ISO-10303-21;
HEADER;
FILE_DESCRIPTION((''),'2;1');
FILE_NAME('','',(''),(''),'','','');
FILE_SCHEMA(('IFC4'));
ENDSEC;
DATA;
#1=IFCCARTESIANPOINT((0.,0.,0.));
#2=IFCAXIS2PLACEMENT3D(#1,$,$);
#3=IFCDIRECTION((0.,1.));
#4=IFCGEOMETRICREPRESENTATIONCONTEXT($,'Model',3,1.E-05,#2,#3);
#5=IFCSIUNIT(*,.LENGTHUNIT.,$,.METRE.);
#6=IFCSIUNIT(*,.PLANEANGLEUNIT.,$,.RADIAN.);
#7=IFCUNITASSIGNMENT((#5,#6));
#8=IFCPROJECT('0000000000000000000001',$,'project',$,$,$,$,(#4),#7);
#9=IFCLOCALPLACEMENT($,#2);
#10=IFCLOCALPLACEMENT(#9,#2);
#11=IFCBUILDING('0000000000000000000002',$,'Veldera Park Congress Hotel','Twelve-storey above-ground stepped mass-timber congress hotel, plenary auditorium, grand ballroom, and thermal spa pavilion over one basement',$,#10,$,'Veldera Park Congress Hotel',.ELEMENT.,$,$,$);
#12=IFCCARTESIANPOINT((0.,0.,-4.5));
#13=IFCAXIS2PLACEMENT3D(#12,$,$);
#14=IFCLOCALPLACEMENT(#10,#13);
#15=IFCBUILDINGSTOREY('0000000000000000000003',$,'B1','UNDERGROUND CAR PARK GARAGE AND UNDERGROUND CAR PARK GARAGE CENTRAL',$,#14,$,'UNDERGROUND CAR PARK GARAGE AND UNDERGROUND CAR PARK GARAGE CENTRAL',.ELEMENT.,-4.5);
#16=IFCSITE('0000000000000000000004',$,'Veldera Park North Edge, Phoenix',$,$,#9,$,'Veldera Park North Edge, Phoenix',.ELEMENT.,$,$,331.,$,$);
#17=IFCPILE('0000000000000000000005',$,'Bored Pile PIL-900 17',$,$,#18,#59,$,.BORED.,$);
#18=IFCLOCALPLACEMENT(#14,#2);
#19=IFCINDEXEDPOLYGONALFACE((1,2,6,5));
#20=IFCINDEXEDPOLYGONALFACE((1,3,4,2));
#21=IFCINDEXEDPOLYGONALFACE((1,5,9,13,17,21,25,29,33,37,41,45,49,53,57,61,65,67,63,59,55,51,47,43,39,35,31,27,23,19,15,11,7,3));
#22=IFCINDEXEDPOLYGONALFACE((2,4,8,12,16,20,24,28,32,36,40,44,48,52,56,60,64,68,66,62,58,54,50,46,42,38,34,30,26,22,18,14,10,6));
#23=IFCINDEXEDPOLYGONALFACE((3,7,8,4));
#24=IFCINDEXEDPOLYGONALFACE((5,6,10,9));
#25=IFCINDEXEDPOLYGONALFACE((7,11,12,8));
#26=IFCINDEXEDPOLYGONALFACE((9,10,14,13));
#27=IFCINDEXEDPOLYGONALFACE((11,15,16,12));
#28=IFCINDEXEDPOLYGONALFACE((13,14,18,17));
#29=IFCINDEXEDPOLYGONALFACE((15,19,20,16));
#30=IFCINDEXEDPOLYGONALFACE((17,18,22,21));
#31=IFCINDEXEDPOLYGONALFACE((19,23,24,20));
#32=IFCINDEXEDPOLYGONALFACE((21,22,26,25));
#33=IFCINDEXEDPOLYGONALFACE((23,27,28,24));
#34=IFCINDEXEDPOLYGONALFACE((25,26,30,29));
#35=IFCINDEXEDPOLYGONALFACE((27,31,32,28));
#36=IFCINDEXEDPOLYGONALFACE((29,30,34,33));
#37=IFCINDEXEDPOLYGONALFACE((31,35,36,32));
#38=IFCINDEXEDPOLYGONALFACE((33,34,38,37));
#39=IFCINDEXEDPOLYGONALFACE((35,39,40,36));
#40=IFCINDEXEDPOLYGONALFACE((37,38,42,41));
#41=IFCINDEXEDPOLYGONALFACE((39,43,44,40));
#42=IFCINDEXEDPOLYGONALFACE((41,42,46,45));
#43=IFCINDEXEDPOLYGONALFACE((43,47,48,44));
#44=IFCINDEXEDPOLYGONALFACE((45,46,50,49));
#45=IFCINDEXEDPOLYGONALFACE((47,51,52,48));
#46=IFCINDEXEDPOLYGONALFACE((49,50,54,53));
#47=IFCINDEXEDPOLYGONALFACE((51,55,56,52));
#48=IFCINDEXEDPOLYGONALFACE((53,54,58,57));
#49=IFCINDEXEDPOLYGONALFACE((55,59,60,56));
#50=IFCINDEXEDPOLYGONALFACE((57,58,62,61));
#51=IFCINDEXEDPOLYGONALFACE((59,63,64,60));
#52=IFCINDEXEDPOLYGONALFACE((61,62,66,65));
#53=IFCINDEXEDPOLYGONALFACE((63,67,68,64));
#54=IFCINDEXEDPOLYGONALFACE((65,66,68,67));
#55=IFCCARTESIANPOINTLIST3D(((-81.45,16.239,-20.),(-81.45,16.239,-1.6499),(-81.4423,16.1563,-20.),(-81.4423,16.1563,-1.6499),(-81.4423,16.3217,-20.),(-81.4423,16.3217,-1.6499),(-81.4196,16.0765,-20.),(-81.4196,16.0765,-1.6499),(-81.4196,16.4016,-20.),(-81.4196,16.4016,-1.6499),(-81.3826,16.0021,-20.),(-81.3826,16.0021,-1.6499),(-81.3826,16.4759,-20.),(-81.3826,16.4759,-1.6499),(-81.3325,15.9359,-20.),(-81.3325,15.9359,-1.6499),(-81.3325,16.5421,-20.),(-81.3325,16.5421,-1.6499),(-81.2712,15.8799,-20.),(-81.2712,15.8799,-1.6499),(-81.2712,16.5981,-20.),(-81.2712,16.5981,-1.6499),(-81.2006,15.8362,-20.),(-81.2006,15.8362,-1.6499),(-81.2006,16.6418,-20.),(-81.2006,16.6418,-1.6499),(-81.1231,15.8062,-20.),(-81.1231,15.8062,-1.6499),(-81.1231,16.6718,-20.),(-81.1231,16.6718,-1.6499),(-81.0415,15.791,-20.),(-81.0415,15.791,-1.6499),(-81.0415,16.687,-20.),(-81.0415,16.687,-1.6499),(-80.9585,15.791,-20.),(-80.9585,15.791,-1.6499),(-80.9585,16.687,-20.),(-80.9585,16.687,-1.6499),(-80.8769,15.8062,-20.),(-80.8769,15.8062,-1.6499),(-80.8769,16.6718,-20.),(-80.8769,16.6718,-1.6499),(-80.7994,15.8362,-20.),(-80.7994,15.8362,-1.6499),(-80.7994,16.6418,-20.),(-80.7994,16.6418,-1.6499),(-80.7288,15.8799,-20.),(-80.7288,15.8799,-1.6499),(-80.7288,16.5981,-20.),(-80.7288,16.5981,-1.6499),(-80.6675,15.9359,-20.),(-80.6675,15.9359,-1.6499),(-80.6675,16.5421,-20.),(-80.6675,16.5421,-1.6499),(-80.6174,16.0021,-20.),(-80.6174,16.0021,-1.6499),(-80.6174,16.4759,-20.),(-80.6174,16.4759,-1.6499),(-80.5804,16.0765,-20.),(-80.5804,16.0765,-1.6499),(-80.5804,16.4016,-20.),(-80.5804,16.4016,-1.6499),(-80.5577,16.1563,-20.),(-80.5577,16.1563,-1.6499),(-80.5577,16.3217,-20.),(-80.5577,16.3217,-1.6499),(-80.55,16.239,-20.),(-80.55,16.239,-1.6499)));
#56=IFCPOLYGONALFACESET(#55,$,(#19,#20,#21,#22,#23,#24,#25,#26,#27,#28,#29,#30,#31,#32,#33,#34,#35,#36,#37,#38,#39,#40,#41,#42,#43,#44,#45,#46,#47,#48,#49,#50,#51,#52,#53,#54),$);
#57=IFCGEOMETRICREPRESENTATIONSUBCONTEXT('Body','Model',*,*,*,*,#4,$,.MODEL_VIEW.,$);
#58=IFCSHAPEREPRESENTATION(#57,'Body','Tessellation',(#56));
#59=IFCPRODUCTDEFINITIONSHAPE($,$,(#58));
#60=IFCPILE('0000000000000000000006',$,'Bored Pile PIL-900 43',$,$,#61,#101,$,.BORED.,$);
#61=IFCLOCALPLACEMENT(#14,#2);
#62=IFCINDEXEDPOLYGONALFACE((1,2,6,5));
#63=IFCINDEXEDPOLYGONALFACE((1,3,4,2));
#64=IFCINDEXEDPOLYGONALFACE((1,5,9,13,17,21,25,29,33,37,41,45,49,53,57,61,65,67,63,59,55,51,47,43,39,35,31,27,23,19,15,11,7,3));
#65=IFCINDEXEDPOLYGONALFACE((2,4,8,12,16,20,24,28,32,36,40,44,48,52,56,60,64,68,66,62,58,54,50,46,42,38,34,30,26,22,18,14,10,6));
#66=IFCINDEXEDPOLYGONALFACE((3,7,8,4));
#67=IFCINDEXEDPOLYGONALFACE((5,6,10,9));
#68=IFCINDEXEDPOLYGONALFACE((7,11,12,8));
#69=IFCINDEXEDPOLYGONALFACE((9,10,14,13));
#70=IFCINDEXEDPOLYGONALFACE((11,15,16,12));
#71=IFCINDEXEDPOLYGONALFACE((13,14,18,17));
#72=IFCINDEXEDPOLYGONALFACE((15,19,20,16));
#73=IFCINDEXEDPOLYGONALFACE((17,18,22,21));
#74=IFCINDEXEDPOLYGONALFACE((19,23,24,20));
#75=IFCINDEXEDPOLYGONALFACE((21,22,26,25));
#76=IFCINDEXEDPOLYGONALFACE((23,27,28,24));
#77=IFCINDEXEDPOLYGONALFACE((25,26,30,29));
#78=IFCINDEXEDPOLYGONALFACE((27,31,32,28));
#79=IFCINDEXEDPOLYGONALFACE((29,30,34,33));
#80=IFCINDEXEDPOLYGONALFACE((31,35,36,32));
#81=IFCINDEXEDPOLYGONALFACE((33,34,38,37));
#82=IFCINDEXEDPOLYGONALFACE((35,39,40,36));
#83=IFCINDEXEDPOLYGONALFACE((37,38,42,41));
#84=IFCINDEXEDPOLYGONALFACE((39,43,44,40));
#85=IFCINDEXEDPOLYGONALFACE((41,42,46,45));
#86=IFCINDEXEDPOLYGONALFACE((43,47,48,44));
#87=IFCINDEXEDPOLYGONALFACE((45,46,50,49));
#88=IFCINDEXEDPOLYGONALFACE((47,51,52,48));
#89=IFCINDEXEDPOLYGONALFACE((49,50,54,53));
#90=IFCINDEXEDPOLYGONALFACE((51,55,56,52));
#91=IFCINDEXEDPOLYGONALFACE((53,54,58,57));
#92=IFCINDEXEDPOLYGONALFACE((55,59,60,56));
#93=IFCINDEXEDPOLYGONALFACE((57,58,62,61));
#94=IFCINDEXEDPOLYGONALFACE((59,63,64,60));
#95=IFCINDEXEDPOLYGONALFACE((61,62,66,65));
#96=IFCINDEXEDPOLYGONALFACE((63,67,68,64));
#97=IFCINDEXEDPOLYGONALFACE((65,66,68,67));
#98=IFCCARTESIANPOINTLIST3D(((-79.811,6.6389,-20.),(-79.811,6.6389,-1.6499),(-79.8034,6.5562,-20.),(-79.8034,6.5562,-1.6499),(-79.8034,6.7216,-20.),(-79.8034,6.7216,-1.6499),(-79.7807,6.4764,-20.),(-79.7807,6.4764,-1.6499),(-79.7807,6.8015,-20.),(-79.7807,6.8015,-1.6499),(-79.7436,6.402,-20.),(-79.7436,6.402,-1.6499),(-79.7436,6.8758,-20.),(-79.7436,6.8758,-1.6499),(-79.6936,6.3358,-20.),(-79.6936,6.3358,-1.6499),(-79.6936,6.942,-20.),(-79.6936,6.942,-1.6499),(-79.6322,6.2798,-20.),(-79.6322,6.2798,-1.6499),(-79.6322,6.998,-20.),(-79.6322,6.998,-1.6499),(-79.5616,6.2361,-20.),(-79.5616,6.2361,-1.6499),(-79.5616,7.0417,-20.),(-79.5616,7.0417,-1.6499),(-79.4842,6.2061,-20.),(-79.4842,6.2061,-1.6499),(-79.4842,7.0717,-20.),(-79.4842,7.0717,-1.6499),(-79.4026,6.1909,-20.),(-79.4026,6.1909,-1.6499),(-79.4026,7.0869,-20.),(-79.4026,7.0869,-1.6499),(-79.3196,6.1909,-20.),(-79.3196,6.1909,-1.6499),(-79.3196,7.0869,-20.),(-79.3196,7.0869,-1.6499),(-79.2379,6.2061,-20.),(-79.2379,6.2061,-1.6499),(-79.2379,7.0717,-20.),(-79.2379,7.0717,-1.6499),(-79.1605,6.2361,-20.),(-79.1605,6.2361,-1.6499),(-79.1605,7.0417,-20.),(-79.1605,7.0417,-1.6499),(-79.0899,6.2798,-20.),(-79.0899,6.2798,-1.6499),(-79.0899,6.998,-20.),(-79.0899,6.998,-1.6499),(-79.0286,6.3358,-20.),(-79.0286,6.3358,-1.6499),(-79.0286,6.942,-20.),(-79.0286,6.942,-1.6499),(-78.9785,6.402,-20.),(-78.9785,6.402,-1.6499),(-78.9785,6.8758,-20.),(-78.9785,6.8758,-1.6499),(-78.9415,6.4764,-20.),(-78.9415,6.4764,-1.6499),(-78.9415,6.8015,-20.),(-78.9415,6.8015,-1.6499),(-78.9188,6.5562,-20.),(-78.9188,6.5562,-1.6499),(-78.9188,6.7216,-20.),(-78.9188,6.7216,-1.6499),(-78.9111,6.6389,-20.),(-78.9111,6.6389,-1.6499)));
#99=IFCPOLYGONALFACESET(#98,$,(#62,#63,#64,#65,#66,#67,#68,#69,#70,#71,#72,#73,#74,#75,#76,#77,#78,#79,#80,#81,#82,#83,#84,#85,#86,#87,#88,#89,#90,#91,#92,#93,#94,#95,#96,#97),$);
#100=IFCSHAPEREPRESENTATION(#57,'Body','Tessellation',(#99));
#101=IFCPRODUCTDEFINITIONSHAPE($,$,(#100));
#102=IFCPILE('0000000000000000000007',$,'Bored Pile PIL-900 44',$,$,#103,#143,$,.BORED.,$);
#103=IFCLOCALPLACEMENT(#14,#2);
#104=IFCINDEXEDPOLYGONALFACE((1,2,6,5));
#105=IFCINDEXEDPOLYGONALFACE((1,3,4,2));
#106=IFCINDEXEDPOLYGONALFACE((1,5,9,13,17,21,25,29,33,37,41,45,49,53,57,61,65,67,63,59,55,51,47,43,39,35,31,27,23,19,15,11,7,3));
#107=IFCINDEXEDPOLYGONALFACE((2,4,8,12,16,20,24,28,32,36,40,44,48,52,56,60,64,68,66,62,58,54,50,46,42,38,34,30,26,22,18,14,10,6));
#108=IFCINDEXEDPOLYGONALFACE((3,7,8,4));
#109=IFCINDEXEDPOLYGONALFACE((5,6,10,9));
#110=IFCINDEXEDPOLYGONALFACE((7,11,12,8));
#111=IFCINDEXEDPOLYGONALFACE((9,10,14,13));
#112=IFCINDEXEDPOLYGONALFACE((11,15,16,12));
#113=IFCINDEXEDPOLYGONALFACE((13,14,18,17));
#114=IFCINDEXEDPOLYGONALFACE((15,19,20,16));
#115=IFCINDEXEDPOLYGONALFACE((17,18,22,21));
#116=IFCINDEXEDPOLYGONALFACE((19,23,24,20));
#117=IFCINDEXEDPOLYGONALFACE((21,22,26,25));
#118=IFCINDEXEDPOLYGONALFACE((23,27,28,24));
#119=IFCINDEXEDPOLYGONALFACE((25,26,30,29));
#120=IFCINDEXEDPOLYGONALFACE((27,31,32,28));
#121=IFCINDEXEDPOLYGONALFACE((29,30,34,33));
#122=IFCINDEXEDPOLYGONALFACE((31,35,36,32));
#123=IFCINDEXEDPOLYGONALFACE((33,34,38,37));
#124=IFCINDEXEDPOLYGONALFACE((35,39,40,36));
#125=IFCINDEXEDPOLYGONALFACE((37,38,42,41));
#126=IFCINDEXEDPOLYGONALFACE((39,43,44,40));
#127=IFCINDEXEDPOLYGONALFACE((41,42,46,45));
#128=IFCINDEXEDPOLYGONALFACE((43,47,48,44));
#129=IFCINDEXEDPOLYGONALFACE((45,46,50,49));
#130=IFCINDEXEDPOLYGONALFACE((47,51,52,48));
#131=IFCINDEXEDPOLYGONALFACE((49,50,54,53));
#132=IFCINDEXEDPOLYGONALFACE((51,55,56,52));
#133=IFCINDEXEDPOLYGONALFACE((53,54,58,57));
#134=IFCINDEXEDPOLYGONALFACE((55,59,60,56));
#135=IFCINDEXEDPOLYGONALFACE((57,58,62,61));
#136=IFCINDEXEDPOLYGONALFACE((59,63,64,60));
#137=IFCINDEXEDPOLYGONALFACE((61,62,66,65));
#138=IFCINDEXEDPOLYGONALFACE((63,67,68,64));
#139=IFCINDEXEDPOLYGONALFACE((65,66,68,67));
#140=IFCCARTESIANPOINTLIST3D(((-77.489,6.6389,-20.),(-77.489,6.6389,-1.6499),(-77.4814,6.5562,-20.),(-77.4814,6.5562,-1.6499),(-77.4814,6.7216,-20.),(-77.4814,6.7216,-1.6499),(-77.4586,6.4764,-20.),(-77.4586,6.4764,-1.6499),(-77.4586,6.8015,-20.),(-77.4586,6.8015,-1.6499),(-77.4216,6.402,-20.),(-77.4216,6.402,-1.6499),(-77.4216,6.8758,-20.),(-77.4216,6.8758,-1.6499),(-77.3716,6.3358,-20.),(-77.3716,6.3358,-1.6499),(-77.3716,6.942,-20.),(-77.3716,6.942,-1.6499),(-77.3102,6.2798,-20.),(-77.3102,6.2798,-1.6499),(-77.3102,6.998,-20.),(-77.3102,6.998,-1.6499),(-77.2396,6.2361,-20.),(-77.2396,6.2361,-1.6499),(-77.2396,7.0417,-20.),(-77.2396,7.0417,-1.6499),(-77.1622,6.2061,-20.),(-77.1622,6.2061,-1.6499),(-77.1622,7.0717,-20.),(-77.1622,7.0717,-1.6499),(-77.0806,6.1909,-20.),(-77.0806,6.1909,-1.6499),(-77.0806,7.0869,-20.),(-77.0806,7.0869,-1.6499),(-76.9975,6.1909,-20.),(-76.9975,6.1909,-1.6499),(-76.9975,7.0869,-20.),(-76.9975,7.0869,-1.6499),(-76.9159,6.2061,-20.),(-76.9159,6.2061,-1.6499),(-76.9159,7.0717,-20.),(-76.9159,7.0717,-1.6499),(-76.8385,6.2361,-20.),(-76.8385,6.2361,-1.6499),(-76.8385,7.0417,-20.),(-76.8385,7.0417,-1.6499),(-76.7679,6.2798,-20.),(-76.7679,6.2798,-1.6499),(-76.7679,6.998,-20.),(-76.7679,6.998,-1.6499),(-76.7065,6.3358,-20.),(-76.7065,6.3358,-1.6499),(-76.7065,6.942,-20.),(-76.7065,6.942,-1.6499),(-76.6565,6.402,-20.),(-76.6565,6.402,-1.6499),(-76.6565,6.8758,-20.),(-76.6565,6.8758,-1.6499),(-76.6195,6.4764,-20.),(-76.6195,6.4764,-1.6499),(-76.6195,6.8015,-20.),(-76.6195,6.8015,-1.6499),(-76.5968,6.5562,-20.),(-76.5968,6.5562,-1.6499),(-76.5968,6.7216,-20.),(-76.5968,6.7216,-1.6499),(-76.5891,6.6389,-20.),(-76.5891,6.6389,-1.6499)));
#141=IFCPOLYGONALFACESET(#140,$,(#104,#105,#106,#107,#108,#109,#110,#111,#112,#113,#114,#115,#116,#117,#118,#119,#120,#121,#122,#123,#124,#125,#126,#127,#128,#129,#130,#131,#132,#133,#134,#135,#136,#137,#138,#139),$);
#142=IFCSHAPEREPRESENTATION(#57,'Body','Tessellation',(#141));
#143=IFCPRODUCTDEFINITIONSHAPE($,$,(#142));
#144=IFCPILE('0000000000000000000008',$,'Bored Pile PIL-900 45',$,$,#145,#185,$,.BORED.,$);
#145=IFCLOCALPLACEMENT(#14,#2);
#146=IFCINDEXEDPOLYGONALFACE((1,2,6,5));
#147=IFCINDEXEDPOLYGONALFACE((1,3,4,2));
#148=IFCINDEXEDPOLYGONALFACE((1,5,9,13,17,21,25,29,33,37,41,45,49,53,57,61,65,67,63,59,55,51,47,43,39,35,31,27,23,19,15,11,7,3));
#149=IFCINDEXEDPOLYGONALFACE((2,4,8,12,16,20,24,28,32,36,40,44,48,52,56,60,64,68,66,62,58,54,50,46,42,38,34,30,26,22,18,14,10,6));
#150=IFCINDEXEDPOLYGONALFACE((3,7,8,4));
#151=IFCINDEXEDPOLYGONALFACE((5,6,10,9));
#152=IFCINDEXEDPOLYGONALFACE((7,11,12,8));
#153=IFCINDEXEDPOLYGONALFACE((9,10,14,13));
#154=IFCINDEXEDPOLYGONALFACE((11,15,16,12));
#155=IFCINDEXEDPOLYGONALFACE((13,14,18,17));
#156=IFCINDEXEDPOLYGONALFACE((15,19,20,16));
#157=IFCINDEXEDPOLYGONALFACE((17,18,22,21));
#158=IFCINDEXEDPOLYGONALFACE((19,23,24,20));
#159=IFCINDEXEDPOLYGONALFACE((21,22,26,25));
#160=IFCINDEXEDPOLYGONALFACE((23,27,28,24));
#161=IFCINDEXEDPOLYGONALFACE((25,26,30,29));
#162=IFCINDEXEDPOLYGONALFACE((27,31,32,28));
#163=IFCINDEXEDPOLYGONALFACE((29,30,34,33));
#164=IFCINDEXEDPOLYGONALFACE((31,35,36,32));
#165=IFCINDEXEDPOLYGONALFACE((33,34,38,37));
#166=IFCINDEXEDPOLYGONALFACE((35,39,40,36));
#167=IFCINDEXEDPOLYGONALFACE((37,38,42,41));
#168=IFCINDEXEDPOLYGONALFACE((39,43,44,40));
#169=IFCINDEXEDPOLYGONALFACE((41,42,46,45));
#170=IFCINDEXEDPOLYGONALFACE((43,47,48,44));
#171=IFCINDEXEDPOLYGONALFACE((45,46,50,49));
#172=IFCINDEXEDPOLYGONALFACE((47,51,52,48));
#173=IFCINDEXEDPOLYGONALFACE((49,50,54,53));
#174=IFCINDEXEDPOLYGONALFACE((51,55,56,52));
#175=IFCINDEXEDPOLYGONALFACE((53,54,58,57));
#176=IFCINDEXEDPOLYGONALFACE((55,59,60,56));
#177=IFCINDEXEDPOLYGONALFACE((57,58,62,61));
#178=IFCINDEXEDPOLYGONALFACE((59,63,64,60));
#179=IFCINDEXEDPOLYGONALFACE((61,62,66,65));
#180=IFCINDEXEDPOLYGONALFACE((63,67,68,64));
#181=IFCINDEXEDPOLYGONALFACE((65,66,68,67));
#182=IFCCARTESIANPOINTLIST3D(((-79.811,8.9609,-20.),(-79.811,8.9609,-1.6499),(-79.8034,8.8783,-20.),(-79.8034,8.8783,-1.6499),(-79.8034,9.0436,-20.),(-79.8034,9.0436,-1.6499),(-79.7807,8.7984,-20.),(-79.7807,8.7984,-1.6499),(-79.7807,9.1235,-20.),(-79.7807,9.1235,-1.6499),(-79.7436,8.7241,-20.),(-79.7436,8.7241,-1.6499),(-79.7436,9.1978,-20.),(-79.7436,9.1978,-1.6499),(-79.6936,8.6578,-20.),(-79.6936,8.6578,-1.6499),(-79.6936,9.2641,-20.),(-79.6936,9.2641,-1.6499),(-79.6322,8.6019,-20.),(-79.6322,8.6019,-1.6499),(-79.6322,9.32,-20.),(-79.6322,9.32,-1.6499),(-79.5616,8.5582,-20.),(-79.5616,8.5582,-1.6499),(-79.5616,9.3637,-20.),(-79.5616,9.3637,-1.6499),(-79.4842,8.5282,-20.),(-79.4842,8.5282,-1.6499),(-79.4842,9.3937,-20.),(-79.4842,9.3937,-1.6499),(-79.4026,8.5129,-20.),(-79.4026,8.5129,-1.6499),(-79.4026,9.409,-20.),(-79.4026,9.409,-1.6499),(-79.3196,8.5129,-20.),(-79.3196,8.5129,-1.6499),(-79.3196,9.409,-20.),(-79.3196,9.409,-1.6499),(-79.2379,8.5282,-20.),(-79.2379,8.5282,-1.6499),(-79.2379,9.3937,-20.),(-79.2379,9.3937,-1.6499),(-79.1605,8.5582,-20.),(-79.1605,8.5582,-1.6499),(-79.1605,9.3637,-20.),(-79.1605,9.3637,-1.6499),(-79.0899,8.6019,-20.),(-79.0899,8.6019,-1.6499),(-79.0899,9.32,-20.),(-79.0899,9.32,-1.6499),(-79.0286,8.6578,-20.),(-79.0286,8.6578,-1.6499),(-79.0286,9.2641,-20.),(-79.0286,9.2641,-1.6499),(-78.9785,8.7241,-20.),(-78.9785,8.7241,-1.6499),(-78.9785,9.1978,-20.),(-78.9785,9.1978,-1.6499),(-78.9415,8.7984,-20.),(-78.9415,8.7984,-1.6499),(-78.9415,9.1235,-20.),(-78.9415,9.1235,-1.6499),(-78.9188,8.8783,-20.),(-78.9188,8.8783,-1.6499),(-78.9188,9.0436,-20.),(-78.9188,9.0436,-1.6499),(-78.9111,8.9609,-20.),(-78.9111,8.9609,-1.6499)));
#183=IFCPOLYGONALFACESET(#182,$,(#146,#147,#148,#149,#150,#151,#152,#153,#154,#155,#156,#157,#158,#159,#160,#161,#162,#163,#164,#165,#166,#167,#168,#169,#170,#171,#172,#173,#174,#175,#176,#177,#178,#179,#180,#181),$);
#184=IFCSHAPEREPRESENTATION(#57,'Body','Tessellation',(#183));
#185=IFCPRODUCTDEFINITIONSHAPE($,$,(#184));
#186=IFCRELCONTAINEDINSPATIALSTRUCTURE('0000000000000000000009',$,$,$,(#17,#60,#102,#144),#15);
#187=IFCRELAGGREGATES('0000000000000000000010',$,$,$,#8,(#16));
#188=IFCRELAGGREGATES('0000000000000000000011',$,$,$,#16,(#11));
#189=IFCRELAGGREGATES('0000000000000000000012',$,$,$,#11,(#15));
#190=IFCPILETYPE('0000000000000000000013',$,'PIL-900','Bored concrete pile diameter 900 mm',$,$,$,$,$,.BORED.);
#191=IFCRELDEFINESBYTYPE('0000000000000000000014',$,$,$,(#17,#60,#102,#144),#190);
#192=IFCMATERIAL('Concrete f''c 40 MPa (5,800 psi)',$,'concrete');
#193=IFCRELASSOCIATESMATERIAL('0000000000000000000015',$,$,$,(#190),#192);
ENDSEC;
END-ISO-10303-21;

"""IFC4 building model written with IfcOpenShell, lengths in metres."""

from ifc_helpers import new_model, si_unit, direction, frame, origin, origin_2d, place, context, subcontext, project, spatial, circle, extrude, material, material_profile, profile_set, type_object, element, save


model = new_model("IFC4")

# Units and contexts
model_context = context("Model", 3, precision=1e-05, world=origin(), true_north=direction((0.0, 1.0)))
body_context = subcontext(model_context, "Body", "Model", "MODEL_VIEW")
ifc_project = project(units=[si_unit("LENGTHUNIT", "METRE"), si_unit("PLANEANGLEUNIT", "RADIAN")], contexts=[model_context])

# Site, building, storey
site_placement = place(None, origin())
site = spatial("IfcSite", under=ifc_project, at=site_placement, Name="Veldera Park North Edge, Phoenix", LongName="Veldera Park North Edge, Phoenix", CompositionType="ELEMENT", RefElevation=331.0)
building_placement = place(site_placement, origin())
building = spatial("IfcBuilding", under=site, at=building_placement, Name="Veldera Park Congress Hotel", Description="Twelve-storey above-ground stepped mass-timber congress hotel, plenary auditorium, grand ballroom, and thermal spa pavilion over one basement", LongName="Veldera Park Congress Hotel", CompositionType="ELEMENT")
storey_placement = place(building_placement, frame((0.0, 0.0, -4.5)))
storey = spatial("IfcBuildingStorey", under=building, at=storey_placement, Name="B1", Description="UNDERGROUND CAR PARK GARAGE AND UNDERGROUND CAR PARK GARAGE CENTRAL", LongName="UNDERGROUND CAR PARK GARAGE AND UNDERGROUND CAR PARK GARAGE CENTRAL", CompositionType="ELEMENT", Elevation=-4.5)

# Shared definitions
ifc_material_1 = material(Name="Concrete f'c 40 MPa (5,800 psi)", Category="concrete")

# Piles
ifc_material_profile_1 = material_profile(ifc_material_1, circle(Radius=0.45, at=origin_2d()), Name="PILE D900")
ifc_profile_set_1 = profile_set([ifc_material_profile_1], Name="Concrete f'c 40 MPa (5,800 psi)")
pile_type_1 = type_object("IfcPileType", Name="PIL-900", Description="Bored concrete pile diameter 900 mm", PredefinedType="BORED", material=ifc_profile_set_1)
for number, where, z_axis, x_axis, name in (
    (1, (-81.0, 16.239, -1.6499), (0.0, 0.0, -1.0), (1.0, 0.0, 0.0), "Bored Pile PIL-900 17"),
    (2, (-79.3611, 6.6389, -1.6499), (0.0, 0.0, -1.0), (1.0, 0.0, 0.0), "Bored Pile PIL-900 43"),
    (3, (-77.0391, 6.6389, -1.6499), (0.0, 0.0, -1.0), (1.0, 0.0, 0.0), "Bored Pile PIL-900 44"),
    (4, (-79.3611, 8.9609, -1.6499), (0.0, 0.0, -1.0), (1.0, 0.0, 0.0), "Bored Pile PIL-900 45"),
):
    element("IfcPile", number, at=place(storey_placement, frame(where, z_axis=z_axis, x_axis=x_axis)), inside=storey, type_object=pile_type_1, Name=name, PredefinedType="BORED", context=body_context, shape_type="SweptSolid", body=[
        extrude(circle(Radius=0.45, at=origin_2d()), origin(), (0.0, 0.0, 1.0), 18.3501),
    ])

save(model, "model.ifc")
